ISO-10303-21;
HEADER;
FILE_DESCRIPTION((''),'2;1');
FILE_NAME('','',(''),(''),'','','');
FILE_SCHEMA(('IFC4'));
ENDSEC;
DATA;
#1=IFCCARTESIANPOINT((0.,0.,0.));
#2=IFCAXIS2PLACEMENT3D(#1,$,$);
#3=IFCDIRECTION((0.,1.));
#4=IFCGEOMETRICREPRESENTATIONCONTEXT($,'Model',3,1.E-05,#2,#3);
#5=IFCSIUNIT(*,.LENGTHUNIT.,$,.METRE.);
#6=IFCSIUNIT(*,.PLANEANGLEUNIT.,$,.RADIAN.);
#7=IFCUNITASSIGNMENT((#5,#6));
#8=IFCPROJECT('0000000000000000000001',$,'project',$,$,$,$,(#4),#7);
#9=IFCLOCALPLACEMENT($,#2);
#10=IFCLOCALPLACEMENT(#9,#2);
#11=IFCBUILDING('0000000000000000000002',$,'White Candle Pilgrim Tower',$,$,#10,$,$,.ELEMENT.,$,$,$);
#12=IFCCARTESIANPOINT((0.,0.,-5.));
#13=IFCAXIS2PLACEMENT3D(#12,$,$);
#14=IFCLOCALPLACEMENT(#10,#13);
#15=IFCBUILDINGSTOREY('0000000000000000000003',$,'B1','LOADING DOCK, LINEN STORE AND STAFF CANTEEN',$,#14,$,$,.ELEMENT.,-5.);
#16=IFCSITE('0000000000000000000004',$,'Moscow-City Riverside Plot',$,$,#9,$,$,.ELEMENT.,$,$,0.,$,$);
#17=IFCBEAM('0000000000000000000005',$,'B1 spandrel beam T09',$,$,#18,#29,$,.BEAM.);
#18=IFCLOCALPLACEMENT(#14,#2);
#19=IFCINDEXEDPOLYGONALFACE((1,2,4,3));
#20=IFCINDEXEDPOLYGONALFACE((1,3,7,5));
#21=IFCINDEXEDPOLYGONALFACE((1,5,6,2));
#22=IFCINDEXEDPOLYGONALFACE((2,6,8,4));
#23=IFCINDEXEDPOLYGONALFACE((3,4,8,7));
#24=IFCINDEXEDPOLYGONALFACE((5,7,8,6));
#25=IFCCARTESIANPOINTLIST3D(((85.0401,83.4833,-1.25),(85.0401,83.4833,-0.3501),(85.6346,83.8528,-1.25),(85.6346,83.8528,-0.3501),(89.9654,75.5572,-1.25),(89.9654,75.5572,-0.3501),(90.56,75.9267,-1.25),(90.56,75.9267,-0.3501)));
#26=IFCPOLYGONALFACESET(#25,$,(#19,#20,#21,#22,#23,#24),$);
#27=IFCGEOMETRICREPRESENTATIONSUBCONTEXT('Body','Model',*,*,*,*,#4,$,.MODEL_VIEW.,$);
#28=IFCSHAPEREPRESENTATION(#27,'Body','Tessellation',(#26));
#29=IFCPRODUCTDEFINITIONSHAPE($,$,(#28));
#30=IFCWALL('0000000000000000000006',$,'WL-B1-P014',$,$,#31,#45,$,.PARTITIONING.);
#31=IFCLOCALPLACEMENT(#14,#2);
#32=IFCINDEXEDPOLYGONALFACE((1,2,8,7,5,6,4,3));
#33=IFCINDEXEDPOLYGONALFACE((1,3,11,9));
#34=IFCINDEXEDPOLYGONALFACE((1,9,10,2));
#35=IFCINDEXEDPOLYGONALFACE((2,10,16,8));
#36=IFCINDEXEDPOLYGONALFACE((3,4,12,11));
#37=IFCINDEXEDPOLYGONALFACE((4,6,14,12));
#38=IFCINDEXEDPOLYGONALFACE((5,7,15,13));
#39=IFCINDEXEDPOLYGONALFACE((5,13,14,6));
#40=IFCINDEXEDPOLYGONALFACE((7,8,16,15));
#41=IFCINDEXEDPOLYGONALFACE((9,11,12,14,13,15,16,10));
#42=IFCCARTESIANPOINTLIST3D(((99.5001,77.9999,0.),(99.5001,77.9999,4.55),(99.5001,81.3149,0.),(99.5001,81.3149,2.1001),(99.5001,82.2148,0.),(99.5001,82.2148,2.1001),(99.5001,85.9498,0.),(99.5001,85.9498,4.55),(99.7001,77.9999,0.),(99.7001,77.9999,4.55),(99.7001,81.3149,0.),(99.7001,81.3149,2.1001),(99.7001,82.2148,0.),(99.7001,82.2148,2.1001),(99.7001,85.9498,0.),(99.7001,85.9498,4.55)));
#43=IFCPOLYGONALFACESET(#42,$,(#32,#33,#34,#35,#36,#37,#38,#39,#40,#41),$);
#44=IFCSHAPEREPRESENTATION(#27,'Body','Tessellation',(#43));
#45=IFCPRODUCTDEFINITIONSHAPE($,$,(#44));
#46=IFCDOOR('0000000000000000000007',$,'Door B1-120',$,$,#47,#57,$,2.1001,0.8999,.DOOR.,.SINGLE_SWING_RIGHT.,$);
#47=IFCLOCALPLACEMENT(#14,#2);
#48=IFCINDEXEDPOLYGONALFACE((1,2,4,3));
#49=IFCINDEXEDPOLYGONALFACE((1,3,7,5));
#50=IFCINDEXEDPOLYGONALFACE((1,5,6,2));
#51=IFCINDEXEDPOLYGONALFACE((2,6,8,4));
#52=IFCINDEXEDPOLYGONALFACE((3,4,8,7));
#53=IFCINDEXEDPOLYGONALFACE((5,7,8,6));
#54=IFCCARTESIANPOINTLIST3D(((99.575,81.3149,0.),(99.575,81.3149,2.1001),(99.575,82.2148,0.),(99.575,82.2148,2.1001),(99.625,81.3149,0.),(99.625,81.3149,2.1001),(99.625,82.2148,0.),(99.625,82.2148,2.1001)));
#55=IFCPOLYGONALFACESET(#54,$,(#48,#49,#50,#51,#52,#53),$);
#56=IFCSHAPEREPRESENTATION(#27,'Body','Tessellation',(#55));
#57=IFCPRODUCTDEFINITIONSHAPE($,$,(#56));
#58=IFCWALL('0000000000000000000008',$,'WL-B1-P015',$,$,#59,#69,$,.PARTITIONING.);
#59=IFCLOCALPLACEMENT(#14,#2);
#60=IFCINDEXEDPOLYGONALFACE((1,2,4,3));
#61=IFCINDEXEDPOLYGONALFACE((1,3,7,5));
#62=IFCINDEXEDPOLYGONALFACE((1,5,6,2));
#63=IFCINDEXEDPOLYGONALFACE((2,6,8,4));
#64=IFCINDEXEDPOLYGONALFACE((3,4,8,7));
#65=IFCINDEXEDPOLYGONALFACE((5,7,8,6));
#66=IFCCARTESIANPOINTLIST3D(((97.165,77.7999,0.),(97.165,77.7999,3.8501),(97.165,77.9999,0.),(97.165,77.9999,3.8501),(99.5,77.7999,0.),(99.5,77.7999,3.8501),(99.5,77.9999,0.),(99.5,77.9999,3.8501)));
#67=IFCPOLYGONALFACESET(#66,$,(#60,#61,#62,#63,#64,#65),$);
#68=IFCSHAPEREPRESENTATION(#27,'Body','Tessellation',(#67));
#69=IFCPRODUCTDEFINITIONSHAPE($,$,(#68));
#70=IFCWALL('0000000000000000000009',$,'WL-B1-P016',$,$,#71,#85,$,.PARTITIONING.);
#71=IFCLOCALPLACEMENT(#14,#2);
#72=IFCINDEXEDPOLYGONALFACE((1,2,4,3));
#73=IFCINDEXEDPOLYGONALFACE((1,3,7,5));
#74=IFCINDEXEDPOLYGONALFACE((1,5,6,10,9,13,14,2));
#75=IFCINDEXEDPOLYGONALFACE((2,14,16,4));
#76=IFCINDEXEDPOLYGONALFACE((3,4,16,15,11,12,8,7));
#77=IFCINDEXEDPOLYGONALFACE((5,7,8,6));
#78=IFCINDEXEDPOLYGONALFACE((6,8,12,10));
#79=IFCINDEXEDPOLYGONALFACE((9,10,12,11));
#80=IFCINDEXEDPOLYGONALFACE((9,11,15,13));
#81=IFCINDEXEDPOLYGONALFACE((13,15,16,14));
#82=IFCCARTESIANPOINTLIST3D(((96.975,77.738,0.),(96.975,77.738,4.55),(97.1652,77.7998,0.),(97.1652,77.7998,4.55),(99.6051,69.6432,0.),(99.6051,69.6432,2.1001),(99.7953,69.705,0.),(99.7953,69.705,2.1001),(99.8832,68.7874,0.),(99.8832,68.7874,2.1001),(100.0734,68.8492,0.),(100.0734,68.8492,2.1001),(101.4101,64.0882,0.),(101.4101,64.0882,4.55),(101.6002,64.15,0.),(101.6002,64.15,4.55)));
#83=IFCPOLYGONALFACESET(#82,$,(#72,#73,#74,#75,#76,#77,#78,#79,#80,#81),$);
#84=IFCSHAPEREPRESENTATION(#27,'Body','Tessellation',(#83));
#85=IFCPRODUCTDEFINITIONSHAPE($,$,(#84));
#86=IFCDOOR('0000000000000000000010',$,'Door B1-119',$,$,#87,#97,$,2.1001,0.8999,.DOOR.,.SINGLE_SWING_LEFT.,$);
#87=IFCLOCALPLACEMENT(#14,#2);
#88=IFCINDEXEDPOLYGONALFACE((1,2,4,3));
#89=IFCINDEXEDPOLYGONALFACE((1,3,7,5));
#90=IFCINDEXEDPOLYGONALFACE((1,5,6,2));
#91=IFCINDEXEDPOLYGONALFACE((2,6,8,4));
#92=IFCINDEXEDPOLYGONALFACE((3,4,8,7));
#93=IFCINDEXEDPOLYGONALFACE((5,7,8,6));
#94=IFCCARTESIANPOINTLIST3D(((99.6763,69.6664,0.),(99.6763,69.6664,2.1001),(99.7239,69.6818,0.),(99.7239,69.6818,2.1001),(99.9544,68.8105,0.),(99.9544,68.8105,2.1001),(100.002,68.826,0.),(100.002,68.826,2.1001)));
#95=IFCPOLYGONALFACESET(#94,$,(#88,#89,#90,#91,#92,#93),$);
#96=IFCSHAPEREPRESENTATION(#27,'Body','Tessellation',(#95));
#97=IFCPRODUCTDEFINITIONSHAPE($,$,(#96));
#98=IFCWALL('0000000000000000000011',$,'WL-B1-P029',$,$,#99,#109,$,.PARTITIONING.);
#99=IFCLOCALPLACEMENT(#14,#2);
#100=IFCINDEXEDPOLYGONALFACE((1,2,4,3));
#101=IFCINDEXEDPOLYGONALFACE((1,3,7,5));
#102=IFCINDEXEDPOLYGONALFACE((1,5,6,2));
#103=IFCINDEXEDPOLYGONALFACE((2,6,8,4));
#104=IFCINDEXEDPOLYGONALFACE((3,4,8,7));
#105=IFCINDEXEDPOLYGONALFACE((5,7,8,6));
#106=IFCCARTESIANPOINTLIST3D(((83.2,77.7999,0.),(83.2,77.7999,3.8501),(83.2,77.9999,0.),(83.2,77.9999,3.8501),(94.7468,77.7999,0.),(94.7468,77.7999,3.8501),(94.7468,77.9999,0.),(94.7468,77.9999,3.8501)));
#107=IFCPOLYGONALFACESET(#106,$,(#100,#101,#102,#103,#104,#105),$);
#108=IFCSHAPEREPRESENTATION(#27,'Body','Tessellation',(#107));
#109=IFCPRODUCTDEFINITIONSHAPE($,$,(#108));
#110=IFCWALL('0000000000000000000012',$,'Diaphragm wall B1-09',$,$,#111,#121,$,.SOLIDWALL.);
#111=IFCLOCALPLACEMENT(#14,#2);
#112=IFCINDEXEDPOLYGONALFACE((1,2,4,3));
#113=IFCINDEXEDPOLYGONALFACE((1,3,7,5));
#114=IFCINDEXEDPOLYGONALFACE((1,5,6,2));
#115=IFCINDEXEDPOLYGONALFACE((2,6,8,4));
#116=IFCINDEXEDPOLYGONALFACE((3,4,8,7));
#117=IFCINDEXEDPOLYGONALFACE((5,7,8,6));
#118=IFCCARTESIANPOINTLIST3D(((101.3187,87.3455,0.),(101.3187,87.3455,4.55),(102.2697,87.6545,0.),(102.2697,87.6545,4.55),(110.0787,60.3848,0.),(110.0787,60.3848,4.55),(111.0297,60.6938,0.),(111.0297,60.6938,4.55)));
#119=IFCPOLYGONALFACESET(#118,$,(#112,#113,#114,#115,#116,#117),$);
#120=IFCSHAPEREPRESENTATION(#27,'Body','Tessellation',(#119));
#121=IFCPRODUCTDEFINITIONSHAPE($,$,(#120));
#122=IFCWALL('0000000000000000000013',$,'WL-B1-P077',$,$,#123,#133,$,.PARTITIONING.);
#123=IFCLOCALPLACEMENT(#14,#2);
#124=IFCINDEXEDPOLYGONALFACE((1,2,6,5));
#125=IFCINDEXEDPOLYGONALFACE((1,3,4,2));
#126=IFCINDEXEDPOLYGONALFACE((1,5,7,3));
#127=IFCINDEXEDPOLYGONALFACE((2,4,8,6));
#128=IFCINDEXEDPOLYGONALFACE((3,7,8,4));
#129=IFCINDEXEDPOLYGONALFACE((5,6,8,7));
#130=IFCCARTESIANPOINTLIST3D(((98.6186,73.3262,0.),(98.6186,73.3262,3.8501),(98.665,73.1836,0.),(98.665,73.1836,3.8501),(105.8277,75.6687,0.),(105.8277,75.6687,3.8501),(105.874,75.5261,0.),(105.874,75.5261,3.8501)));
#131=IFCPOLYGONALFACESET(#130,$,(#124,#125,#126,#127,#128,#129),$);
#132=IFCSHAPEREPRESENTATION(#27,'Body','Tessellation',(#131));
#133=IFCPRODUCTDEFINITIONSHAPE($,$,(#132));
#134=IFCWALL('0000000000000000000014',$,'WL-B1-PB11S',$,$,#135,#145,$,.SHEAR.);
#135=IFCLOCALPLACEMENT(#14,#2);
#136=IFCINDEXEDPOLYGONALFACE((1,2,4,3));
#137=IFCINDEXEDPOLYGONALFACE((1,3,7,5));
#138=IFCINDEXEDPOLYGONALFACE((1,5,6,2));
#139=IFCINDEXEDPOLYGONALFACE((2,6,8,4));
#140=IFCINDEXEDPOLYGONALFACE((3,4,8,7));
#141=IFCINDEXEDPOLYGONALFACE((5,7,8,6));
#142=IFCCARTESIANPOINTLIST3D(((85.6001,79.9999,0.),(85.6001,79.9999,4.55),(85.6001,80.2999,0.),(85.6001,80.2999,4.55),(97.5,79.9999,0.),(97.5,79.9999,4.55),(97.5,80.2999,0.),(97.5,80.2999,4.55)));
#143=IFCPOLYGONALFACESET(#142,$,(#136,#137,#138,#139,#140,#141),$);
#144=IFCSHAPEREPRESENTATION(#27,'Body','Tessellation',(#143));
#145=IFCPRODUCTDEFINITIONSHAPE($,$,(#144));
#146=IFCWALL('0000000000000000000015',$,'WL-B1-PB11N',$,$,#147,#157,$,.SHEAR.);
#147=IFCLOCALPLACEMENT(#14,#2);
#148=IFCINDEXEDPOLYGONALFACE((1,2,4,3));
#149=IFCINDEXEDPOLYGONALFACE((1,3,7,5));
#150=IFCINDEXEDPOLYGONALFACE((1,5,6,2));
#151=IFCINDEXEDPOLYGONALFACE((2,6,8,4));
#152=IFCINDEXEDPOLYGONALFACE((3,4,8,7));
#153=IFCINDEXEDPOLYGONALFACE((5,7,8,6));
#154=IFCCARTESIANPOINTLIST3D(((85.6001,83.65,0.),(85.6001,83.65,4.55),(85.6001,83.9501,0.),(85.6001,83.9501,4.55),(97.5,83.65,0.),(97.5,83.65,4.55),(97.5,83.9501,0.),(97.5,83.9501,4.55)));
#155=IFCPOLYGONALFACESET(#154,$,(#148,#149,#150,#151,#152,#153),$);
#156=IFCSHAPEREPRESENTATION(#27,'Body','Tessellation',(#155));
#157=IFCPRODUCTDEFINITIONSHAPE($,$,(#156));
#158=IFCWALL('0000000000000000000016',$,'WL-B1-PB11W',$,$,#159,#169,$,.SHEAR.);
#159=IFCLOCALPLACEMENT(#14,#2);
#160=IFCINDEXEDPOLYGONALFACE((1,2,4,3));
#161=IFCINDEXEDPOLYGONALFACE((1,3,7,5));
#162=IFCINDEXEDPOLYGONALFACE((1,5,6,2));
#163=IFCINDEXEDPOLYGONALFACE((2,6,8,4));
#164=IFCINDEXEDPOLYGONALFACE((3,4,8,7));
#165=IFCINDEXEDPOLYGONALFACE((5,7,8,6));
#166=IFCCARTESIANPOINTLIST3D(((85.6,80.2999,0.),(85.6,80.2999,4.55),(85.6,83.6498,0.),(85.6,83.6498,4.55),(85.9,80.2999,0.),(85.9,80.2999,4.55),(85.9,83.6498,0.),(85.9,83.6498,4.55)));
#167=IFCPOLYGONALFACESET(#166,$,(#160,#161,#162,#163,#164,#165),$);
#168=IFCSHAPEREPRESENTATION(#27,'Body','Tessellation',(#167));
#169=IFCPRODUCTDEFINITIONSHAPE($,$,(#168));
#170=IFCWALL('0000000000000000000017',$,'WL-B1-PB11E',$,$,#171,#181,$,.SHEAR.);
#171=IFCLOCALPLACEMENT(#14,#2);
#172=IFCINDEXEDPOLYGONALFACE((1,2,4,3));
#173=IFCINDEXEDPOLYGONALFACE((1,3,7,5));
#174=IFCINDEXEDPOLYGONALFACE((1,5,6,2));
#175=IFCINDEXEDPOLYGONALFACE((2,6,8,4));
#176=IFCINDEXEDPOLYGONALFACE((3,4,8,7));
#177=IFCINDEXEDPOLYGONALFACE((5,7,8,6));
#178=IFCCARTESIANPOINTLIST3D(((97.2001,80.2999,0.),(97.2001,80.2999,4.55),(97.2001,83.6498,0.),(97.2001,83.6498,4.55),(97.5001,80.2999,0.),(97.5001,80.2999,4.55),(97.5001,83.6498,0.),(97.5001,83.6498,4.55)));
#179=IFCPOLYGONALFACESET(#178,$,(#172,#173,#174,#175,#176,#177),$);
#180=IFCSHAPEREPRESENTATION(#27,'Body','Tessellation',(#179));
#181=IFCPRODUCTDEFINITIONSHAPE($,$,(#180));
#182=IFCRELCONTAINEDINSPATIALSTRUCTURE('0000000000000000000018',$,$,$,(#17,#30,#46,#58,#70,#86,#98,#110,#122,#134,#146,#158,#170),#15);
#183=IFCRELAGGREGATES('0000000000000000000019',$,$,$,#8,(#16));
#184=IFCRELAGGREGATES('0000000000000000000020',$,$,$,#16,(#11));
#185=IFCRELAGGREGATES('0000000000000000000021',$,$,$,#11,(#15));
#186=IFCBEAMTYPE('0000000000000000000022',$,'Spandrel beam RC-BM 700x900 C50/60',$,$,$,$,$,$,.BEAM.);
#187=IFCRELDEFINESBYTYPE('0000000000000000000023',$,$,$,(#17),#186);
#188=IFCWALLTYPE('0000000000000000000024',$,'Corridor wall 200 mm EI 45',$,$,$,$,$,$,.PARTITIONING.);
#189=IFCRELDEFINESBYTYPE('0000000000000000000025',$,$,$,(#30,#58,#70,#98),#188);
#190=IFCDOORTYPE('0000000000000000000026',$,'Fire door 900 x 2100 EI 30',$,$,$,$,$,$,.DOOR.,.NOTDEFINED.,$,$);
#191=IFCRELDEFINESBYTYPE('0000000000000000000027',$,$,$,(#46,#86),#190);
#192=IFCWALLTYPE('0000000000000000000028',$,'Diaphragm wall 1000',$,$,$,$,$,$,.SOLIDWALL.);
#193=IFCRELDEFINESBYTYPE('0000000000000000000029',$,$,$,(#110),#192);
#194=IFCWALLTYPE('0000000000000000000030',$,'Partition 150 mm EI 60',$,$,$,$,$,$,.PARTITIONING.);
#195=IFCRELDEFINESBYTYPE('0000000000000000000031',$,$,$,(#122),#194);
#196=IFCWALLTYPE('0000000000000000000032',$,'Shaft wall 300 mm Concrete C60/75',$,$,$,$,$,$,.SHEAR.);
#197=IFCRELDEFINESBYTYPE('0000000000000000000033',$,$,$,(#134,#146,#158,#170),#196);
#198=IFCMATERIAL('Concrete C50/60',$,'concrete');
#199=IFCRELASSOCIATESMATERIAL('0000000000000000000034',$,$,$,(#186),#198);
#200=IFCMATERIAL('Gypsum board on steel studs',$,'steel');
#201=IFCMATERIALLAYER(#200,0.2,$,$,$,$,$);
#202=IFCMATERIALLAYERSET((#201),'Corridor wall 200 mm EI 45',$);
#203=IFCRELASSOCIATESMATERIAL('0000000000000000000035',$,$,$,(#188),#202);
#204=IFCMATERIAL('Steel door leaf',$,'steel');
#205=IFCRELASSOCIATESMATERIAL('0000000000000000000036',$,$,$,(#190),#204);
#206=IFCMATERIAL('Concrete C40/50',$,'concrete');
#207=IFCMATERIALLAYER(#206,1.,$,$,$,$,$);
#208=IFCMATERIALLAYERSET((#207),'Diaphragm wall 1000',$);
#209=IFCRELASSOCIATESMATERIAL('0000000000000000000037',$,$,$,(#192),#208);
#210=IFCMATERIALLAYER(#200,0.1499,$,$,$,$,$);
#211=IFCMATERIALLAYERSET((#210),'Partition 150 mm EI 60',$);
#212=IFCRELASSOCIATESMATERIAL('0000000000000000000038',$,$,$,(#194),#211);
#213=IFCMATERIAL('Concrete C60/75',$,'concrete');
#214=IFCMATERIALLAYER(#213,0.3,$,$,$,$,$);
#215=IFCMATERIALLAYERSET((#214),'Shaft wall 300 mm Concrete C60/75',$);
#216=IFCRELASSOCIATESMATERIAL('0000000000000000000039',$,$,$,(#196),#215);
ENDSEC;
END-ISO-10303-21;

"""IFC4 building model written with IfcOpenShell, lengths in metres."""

from ifc_helpers import new_model, si_unit, direction, frame, frame_2d, origin, origin_2d, place, context, subcontext, project, spatial, rectangle, extrude, material, layer, layer_set, material_profile, profile_set, type_object, element, fill, save


model = new_model("IFC4")

# Units and contexts
model_context = context("Model", 3, precision=1e-05, world=origin(), true_north=direction((0.0, 1.0)))
body_context = subcontext(model_context, "Body", "Model", "MODEL_VIEW")
ifc_project = project(units=[si_unit("LENGTHUNIT", "METRE"), si_unit("PLANEANGLEUNIT", "RADIAN")], contexts=[model_context])

# Site, building, storey
site_placement = place(None, origin())
site = spatial("IfcSite", under=ifc_project, at=site_placement, Name="Moscow-City Riverside Plot", CompositionType="ELEMENT", RefElevation=0.0)
building_placement = place(site_placement, origin())
building = spatial("IfcBuilding", under=site, at=building_placement, Name="White Candle Pilgrim Tower", CompositionType="ELEMENT")
storey_placement = place(building_placement, frame((0.0, 0.0, -5.0)))
storey = spatial("IfcBuildingStorey", under=building, at=storey_placement, Name="B1", Description="LOADING DOCK, LINEN STORE AND STAFF CANTEEN", CompositionType="ELEMENT", Elevation=-5.0)

# Beam
ifc_material_1 = material(Name="Concrete C50/60", Category="concrete")
ifc_material_profile_1 = material_profile(ifc_material_1, rectangle(XDim=0.7, YDim=0.8999, at=origin_2d()), Name="RC-BM 700x900")
ifc_profile_set_1 = profile_set([ifc_material_profile_1], Name="Concrete C50/60")
beam_type_1 = type_object("IfcBeamType", Name="Spandrel beam RC-BM 700x900 C50/60", PredefinedType="BEAM", material=ifc_profile_set_1)
beam_1_placement = place(storey_placement, frame((90.2627, 75.7419, -0.8), z_axis=(-0.527803, 0.849367, 0.0), x_axis=(-0.849367, -0.527803, 0.0)))
element("IfcBeam", 1, at=beam_1_placement, inside=storey, type_object=beam_type_1, Name="B1 spandrel beam T09", PredefinedType="BEAM", context=body_context, shape_type="SweptSolid", body=[
    extrude(rectangle(XDim=0.7, YDim=0.8999, at=origin_2d()), origin(), (0.0, 0.0, 1.0), 9.3318),
])

# Wall, opening, door
ifc_material_2 = material(Name="Gypsum board on steel studs", Category="steel")
ifc_layer_1 = layer(ifc_material_2, 0.2)
ifc_layer_set_1 = layer_set([ifc_layer_1], Name="Corridor wall 200 mm EI 45")
wall_type_1 = type_object("IfcWallType", Name="Corridor wall 200 mm EI 45", PredefinedType="PARTITIONING", material=ifc_layer_set_1)
wall_1_placement = place(storey_placement, frame((99.6001, 85.95, 0.0), z_axis=(0.0, 0.0, 1.0), x_axis=(0.0, -1.0, 0.0)))
wall_1 = element("IfcWall", 2, at=wall_1_placement, inside=storey, type_object=wall_type_1, Name="WL-B1-P014", PredefinedType="PARTITIONING", context=body_context, shape_type="SweptSolid", body=[
    extrude(rectangle(XDim=7.95, YDim=0.2, at=frame_2d((3.9751, 0.0))), origin(), (0.0, 0.0, 1.0), 4.55),
])
opening_1_placement = place(wall_1_placement, frame((3.7351, 0.0, 0.0)))
opening_1 = element("IfcOpeningElement", 3, at=opening_1_placement, cuts=wall_1, PredefinedType="OPENING", context=body_context, shape_type="SweptSolid", body=[
    extrude(rectangle(XDim=0.8999, YDim=2.1001, at=frame_2d((0.45, 1.05))), frame((0.0, 0.1099, 0.0), z_axis=(0.0, -1.0, 0.0), x_axis=(1.0, 0.0, 0.0)), (0.0, 0.0, 1.0), 0.22),
])
ifc_material_3 = material(Name="Steel door leaf", Category="steel")
door_type = type_object("IfcDoorType", Name="Fire door 900 x 2100 EI 30", OperationType="NOTDEFINED", PredefinedType="DOOR", material=ifc_material_3)
door_1_placement = place(opening_1_placement, origin())
door_1 = element("IfcDoor", 4, at=door_1_placement, inside=storey, type_object=door_type, Name="Door B1-120", OperationType="SINGLE_SWING_RIGHT", OverallHeight=2.1001, OverallWidth=0.8999, PredefinedType="DOOR", context=body_context, shape_type="SweptSolid", body=[
    extrude(rectangle(XDim=0.8999, YDim=2.1001, at=frame_2d((0.45, 1.05))), frame((0.0, 0.0249, 0.0), z_axis=(0.0, -1.0, 0.0), x_axis=(1.0, 0.0, 0.0)), (0.0, 0.0, 1.0), 0.05),
])
fill(opening_1, door_1)

# Wall
wall_2_placement = place(storey_placement, frame((99.5, 77.8999, 0.0), z_axis=(0.0, 0.0, 1.0), x_axis=(-1.0, 0.0, 0.0)))
element("IfcWall", 5, at=wall_2_placement, inside=storey, type_object=wall_type_1, Name="WL-B1-P015", PredefinedType="PARTITIONING", context=body_context, shape_type="SweptSolid", body=[
    extrude(rectangle(XDim=2.335, YDim=0.2, at=frame_2d((1.1675, 0.0))), origin(), (0.0, 0.0, 1.0), 3.8501),
])

# Wall, opening, door
wall_3_placement = place(storey_placement, frame((97.0701, 77.769, 0.0), z_axis=(0.0, 0.0, 1.0), x_axis=(0.309013, -0.951058, 0.0)))
wall_3 = element("IfcWall", 6, at=wall_3_placement, inside=storey, type_object=wall_type_1, Name="WL-B1-P016", PredefinedType="PARTITIONING", context=body_context, shape_type="SweptSolid", body=[
    extrude(rectangle(XDim=14.3523, YDim=0.2, at=frame_2d((7.1763, 0.0))), origin(), (0.0, 0.0, 1.0), 4.55),
])
opening_2_placement = place(wall_3_placement, frame((8.5115, 0.0, 0.0)))
opening_2 = element("IfcOpeningElement", 7, at=opening_2_placement, cuts=wall_3, PredefinedType="OPENING", context=body_context, shape_type="SweptSolid", body=[
    extrude(rectangle(XDim=0.8999, YDim=2.1001, at=frame_2d((0.45, 1.05))), frame((0.0, 0.1099, 0.0), z_axis=(0.0, -1.0, 0.0), x_axis=(1.0, 0.0, 0.0)), (0.0, 0.0, 1.0), 0.22),
])
door_2_placement = place(opening_2_placement, origin())
door_2 = element("IfcDoor", 8, at=door_2_placement, inside=storey, type_object=door_type, Name="Door B1-119", OperationType="SINGLE_SWING_LEFT", OverallHeight=2.1001, OverallWidth=0.8999, PredefinedType="DOOR", context=body_context, shape_type="SweptSolid", body=[
    extrude(rectangle(XDim=0.8999, YDim=2.1001, at=frame_2d((0.45, 1.05))), frame((0.0, 0.0249, 0.0), z_axis=(0.0, -1.0, 0.0), x_axis=(1.0, 0.0, 0.0)), (0.0, 0.0, 1.0), 0.05),
])
fill(opening_2, door_2)

# Walls
wall_4_placement = place(storey_placement, frame((94.7468, 77.8999, 0.0), z_axis=(0.0, 0.0, 1.0), x_axis=(-1.0, 0.0, 0.0)))
element("IfcWall", 9, at=wall_4_placement, inside=storey, type_object=wall_type_1, Name="WL-B1-P029", PredefinedType="PARTITIONING", context=body_context, shape_type="SweptSolid", body=[
    extrude(rectangle(XDim=11.5469, YDim=0.2, at=frame_2d((5.7734, 0.0))), origin(), (0.0, 0.0, 1.0), 3.8501),
])
ifc_material_4 = material(Name="Concrete C40/50", Category="concrete")
ifc_layer_2 = layer(ifc_material_4, 1.0)
ifc_layer_set_2 = layer_set([ifc_layer_2], Name="Diaphragm wall 1000")
wall_type_2 = type_object("IfcWallType", Name="Diaphragm wall 1000", PredefinedType="SOLIDWALL", material=ifc_layer_set_2)
wall_5_placement = place(storey_placement, frame((101.7942, 87.5, 0.0), z_axis=(0.0, 0.0, 1.0), x_axis=(0.309015, -0.951057, 0.0)))
element("IfcWall", 10, at=wall_5_placement, inside=storey, type_object=wall_type_2, Name="Diaphragm wall B1-09", PredefinedType="SOLIDWALL", context=body_context, shape_type="SweptSolid", body=[
    extrude(rectangle(XDim=28.3481, YDim=1.0, at=frame_2d((14.1741, 0.0))), origin(), (0.0, 0.0, 1.0), 4.55),
])
ifc_layer_3 = layer(ifc_material_2, 0.1499)
ifc_layer_set_3 = layer_set([ifc_layer_3], Name="Partition 150 mm EI 60")
wall_type_3 = type_object("IfcWallType", Name="Partition 150 mm EI 60", PredefinedType="PARTITIONING", material=ifc_layer_set_3)
wall_6_placement = place(storey_placement, frame((105.8508, 75.5974, 0.0), z_axis=(0.0, 0.0, 1.0), x_axis=(-0.951049, -0.309039, 0.0)))
element("IfcWall", 11, at=wall_6_placement, inside=storey, type_object=wall_type_3, Name="WL-B1-P077", PredefinedType="PARTITIONING", context=body_context, shape_type="SweptSolid", body=[
    extrude(rectangle(XDim=7.5801, YDim=0.1499, at=frame_2d((3.79, 0.0))), origin(), (0.0, 0.0, 1.0), 3.8501),
])
ifc_material_5 = material(Name="Concrete C60/75", Category="concrete")
ifc_layer_4 = layer(ifc_material_5, 0.3)
ifc_layer_set_4 = layer_set([ifc_layer_4], Name="Shaft wall 300 mm Concrete C60/75")
wall_type_4 = type_object("IfcWallType", Name="Shaft wall 300 mm Concrete C60/75", PredefinedType="SHEAR", material=ifc_layer_set_4)
for number, where, z_axis, x_axis, name in (
    (12, (85.6001, 80.1499, 0.0), (0.0, 0.0, 1.0), (1.0, 0.0, 0.0), "WL-B1-PB11S"),
    (13, (85.6001, 83.8, 0.0), (0.0, 0.0, 1.0), (1.0, 0.0, 0.0), "WL-B1-PB11N"),
):
    element("IfcWall", number, at=place(storey_placement, frame(where, z_axis=z_axis, x_axis=x_axis)), inside=storey, type_object=wall_type_4, Name=name, PredefinedType="SHEAR", context=body_context, shape_type="SweptSolid", body=[
        extrude(rectangle(XDim=11.8999, YDim=0.3, at=frame_2d((5.95, 0.0))), origin(), (0.0, 0.0, 1.0), 4.55),
    ])
for number, where, z_axis, x_axis, name in (
    (14, (85.75, 80.3, 0.0), (0.0, 0.0, 1.0), (0.0, 1.0, 0.0), "WL-B1-PB11W"),
    (15, (97.3501, 80.3, 0.0), (0.0, 0.0, 1.0), (0.0, 1.0, 0.0), "WL-B1-PB11E"),
):
    element("IfcWall", number, at=place(storey_placement, frame(where, z_axis=z_axis, x_axis=x_axis)), inside=storey, type_object=wall_type_4, Name=name, PredefinedType="SHEAR", context=body_context, shape_type="SweptSolid", body=[
        extrude(rectangle(XDim=3.3499, YDim=0.3, at=frame_2d((1.6748, 0.0))), origin(), (0.0, 0.0, 1.0), 4.55),
    ])

save(model, "model.ifc")
